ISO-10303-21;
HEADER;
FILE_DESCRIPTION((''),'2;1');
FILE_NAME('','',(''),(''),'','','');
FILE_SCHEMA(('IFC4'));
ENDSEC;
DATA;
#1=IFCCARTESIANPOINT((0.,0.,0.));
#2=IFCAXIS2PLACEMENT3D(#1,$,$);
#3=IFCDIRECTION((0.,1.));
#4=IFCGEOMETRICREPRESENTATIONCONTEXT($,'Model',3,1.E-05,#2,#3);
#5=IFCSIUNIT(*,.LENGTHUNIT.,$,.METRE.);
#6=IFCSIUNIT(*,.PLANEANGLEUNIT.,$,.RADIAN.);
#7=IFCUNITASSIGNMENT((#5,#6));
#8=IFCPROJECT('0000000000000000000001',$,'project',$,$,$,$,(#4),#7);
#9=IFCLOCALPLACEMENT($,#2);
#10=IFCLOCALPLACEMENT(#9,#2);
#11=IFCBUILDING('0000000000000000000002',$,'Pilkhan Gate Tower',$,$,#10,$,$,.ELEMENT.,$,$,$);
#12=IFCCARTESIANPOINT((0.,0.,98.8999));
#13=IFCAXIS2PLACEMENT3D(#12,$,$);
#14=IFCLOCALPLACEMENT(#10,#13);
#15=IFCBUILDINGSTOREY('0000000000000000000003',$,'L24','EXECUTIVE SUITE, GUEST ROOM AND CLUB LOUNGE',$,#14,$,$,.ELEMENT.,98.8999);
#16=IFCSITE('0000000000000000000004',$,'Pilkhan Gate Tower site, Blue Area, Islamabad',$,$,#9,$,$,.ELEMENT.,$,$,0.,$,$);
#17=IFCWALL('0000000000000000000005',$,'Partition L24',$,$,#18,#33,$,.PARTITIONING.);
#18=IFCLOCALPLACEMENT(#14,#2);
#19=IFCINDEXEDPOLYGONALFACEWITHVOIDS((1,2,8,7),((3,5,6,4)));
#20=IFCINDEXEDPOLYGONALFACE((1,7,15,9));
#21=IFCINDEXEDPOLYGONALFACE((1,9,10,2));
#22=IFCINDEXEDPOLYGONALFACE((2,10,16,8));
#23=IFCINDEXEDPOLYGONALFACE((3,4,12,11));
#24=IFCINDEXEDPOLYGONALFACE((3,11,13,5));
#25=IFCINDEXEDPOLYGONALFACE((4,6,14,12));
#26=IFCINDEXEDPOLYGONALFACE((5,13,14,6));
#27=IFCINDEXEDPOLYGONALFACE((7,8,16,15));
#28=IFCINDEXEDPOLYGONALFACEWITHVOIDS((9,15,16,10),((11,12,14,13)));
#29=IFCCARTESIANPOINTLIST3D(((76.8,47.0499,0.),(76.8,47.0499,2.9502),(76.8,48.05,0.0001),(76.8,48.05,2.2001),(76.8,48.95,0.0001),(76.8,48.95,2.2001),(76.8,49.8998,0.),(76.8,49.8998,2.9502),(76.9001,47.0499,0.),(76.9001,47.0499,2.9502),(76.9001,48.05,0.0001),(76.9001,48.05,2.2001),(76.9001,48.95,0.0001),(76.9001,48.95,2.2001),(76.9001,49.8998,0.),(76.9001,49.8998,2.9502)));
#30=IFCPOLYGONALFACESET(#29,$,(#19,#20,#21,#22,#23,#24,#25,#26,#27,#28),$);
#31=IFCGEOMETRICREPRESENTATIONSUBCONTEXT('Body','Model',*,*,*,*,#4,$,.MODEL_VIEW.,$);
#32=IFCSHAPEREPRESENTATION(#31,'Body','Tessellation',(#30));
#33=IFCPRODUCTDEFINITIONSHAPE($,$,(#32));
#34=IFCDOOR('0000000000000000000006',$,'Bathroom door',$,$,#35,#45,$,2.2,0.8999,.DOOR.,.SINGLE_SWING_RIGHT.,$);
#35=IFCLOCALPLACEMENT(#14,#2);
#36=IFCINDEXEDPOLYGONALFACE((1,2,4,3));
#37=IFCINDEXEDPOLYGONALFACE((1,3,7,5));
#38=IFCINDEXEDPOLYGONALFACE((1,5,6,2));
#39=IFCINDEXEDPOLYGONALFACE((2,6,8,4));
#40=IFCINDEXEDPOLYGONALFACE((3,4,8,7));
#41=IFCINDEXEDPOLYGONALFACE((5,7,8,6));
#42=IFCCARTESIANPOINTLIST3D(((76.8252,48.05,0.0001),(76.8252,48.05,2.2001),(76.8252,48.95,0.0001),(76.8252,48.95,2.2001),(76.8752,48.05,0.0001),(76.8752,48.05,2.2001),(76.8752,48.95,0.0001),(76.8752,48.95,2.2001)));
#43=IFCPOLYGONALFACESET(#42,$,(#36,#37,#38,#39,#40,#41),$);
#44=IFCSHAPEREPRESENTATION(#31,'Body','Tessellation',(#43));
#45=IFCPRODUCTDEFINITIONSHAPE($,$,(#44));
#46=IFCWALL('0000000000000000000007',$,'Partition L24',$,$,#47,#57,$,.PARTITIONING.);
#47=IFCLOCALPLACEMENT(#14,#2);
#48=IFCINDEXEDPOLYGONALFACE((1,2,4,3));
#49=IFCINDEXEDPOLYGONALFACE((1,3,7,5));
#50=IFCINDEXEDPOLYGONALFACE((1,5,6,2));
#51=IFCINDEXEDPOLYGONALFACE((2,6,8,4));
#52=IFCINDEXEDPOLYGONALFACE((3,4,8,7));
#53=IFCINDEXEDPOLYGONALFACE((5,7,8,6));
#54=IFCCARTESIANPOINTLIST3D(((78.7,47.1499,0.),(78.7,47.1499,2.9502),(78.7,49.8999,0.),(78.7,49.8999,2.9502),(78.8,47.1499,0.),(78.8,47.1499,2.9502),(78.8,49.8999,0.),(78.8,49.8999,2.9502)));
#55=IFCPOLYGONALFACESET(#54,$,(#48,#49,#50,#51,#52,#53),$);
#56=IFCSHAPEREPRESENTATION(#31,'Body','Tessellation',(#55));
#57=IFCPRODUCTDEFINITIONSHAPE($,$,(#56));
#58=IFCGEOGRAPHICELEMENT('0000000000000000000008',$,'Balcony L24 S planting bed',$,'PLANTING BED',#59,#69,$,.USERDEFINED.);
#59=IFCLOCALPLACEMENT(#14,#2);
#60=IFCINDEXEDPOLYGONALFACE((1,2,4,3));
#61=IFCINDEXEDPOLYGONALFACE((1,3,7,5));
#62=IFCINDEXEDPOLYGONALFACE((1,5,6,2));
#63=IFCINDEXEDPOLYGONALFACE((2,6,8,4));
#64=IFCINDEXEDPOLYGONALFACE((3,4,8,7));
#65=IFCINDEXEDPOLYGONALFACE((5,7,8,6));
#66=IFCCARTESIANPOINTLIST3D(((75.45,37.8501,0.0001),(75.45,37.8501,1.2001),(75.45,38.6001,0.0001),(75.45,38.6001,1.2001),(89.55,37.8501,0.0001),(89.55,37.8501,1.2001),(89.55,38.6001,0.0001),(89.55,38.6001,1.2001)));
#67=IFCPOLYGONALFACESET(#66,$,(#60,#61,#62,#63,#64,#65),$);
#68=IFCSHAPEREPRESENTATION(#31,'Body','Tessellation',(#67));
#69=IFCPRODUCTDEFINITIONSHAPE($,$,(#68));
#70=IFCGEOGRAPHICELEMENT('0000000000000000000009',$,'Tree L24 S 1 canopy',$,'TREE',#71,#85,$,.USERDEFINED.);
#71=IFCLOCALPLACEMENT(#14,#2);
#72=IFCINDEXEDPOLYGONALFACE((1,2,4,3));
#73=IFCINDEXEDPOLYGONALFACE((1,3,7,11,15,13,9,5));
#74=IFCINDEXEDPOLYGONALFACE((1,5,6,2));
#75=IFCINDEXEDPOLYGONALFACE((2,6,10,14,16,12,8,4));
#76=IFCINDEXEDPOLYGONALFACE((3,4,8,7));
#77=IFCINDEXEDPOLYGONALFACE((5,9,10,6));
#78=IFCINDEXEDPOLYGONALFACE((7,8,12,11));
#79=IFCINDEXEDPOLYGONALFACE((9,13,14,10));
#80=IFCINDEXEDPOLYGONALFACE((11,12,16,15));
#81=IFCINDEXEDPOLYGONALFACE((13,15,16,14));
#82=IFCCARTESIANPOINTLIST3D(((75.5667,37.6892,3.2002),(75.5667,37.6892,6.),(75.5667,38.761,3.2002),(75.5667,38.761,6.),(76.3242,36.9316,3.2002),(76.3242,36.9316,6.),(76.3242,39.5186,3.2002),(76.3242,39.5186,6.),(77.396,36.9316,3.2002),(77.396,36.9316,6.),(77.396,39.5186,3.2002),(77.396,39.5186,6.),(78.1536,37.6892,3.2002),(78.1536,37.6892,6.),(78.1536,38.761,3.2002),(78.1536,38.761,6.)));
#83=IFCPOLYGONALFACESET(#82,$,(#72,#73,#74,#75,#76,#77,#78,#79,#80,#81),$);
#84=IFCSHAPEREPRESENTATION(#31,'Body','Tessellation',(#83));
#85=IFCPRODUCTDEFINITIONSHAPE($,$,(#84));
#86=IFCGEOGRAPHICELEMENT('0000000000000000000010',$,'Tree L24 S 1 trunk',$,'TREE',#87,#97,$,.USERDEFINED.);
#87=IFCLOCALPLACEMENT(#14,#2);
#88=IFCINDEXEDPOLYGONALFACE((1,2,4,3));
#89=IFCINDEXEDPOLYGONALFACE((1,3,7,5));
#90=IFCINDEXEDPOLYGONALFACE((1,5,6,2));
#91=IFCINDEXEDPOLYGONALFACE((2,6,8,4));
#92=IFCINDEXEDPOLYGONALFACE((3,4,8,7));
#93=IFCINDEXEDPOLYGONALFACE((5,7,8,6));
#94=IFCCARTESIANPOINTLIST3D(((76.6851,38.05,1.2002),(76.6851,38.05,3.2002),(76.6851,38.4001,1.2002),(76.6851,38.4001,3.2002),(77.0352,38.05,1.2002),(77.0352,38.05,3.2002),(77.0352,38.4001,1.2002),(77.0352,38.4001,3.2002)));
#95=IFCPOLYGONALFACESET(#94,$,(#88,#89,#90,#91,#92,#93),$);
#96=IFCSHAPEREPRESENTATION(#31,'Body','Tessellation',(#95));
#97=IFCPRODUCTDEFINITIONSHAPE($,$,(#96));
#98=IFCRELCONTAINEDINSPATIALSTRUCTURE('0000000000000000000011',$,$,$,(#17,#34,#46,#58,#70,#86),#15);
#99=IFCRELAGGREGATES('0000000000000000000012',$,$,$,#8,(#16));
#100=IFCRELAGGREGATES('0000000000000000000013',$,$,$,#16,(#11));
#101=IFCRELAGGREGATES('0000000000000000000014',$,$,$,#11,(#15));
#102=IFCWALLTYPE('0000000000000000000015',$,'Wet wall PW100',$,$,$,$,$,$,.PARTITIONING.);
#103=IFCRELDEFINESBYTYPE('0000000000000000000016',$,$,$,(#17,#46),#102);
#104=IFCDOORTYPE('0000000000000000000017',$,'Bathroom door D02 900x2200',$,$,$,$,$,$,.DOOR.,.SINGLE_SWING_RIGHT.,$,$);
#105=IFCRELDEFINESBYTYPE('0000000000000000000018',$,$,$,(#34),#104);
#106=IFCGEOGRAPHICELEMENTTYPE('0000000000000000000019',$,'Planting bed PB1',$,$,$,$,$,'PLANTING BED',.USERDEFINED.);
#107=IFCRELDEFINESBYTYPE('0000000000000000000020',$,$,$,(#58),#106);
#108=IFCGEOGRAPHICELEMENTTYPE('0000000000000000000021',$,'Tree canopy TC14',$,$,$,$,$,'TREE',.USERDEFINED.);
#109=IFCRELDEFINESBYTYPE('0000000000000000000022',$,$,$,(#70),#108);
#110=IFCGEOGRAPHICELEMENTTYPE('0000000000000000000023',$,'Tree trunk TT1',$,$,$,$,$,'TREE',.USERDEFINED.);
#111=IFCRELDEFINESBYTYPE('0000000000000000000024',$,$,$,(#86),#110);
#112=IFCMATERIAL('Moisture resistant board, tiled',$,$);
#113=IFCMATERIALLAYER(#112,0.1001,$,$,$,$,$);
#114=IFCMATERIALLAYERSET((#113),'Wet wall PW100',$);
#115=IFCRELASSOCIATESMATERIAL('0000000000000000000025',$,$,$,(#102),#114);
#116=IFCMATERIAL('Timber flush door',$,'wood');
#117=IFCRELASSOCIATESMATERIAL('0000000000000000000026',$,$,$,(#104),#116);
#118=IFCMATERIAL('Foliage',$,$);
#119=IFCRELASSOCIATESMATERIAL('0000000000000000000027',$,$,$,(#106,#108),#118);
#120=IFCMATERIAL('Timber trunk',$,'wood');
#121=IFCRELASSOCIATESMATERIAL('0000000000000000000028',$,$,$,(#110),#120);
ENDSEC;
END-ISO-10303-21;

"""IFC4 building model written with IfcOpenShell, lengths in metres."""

from ifc_helpers import new_model, si_unit, direction, frame, frame_2d, origin, origin_2d, place, context, subcontext, project, spatial, polyline, rectangle, outline, extrude, material, layer, layer_set, material_profile, profile_set, type_object, element, fill, save


model = new_model("IFC4")

# Units and contexts
model_context = context("Model", 3, precision=1e-05, world=origin(), true_north=direction((0.0, 1.0)))
body_context = subcontext(model_context, "Body", "Model", "MODEL_VIEW")
ifc_project = project(units=[si_unit("LENGTHUNIT", "METRE"), si_unit("PLANEANGLEUNIT", "RADIAN")], contexts=[model_context])

# Site, building, storey
site_placement = place(None, origin())
site = spatial("IfcSite", under=ifc_project, at=site_placement, Name="Pilkhan Gate Tower site, Blue Area, Islamabad", CompositionType="ELEMENT", RefElevation=0.0)
building_placement = place(site_placement, origin())
building = spatial("IfcBuilding", under=site, at=building_placement, Name="Pilkhan Gate Tower", CompositionType="ELEMENT")
storey_placement = place(building_placement, frame((0.0, 0.0, 98.8999)))
storey = spatial("IfcBuildingStorey", under=building, at=storey_placement, Name="L24", Description="EXECUTIVE SUITE, GUEST ROOM AND CLUB LOUNGE", CompositionType="ELEMENT", Elevation=98.8999)

# Shared definitions
ifc_material_1 = material(Name="Moisture resistant board, tiled")
ifc_layer_1 = layer(ifc_material_1, 0.1001)
ifc_layer_set_1 = layer_set([ifc_layer_1], Name="Wet wall PW100")
wall_type_1 = type_object("IfcWallType", Name="Wet wall PW100", PredefinedType="PARTITIONING", material=ifc_layer_set_1)

# Wall, opening, door
wall_1_placement = place(storey_placement, frame((76.8501, 47.05, 0.0), z_axis=(0.0, 0.0, 1.0), x_axis=(0.0, 1.0, 0.0)))
wall_1 = element("IfcWall", 1, at=wall_1_placement, inside=storey, type_object=wall_type_1, Name="Partition L24", PredefinedType="PARTITIONING", context=body_context, shape_type="SweptSolid", body=[
    extrude(rectangle(XDim=2.8499, YDim=0.1001, at=frame_2d((1.4248, 0.0))), origin(), (0.0, 0.0, 1.0), 2.9502),
])
opening_1_placement = place(wall_1_placement, frame((1.0, 0.0, 0.0)))
opening_1 = element("IfcOpeningElement", 2, at=opening_1_placement, cuts=wall_1, PredefinedType="OPENING", context=body_context, shape_type="SweptSolid", body=[
    extrude(rectangle(XDim=0.8999, YDim=2.2, at=frame_2d((0.45, 1.1001))), frame((0.0, 0.0601, 0.0), z_axis=(0.0, -1.0, 0.0), x_axis=(1.0, 0.0, 0.0)), (0.0, 0.0, 1.0), 0.1201),
])
ifc_material_2 = material(Name="Timber flush door", Category="wood")
door_type_1 = type_object("IfcDoorType", Name="Bathroom door D02 900x2200", OperationType="SINGLE_SWING_RIGHT", PredefinedType="DOOR", material=ifc_material_2)
door_1_placement = place(opening_1_placement, origin())
door_1 = element("IfcDoor", 3, at=door_1_placement, inside=storey, type_object=door_type_1, Name="Bathroom door", OperationType="SINGLE_SWING_RIGHT", OverallHeight=2.2, OverallWidth=0.8999, PredefinedType="DOOR", context=body_context, shape_type="SweptSolid", body=[
    extrude(rectangle(XDim=0.8999, YDim=2.2, at=frame_2d((0.45, 1.1001))), frame((0.0, 0.0249, 0.0), z_axis=(0.0, -1.0, 0.0), x_axis=(1.0, 0.0, 0.0)), (0.0, 0.0, 1.0), 0.05),
])
fill(opening_1, door_1)

# Wall
wall_2_placement = place(storey_placement, frame((78.75, 47.1499, 0.0), z_axis=(0.0, 0.0, 1.0), x_axis=(0.0, 1.0, 0.0)))
element("IfcWall", 4, at=wall_2_placement, inside=storey, type_object=wall_type_1, Name="Partition L24", PredefinedType="PARTITIONING", context=body_context, shape_type="SweptSolid", body=[
    extrude(rectangle(XDim=2.75, YDim=0.1001, at=frame_2d((1.375, 0.0))), origin(), (0.0, 0.0, 1.0), 2.9502),
])

# Geographic elements
ifc_material_3 = material(Name="Foliage")
ifc_material_profile_1 = material_profile(ifc_material_3, rectangle(XDim=0.75, YDim=1.2, at=origin_2d()), Name="Bed 750x1200")
ifc_profile_set_1 = profile_set([ifc_material_profile_1], Name="Foliage")
geographic_element_type_1 = type_object("IfcGeographicElementType", Name="Planting bed PB1", ElementType="PLANTING BED", PredefinedType="USERDEFINED", material=ifc_profile_set_1)
geographic_element_1_placement = place(storey_placement, frame((75.45, 38.2251, 0.6001), z_axis=(1.0, 0.0, 0.0), x_axis=(0.0, 1.0, 0.0)))
element("IfcGeographicElement", 5, at=geographic_element_1_placement, inside=storey, type_object=geographic_element_type_1, Name="Balcony L24 S planting bed", ObjectType="PLANTING BED", PredefinedType="USERDEFINED", context=body_context, shape_type="SweptSolid", body=[
    extrude(rectangle(XDim=0.75, YDim=1.2, at=origin_2d()), origin(), (0.0, 0.0, 1.0), 14.1001),
])
ifc_material_profile_2 = material_profile(ifc_material_3, outline(polyline([(1.2935, 0.5359), (0.5359, 1.2935), (-0.5359, 1.2935), (-1.2935, 0.5359), (-1.2935, -0.5359), (-0.5359, -1.2935), (0.5359, -1.2935), (1.2935, -0.5359), (1.2935, 0.5359)])), Name="Canopy D2.8")
ifc_profile_set_2 = profile_set([ifc_material_profile_2], Name="Foliage")
geographic_element_type_2 = type_object("IfcGeographicElementType", Name="Tree canopy TC14", ElementType="TREE", PredefinedType="USERDEFINED", material=ifc_profile_set_2)
geographic_element_2_placement = place(storey_placement, frame((76.8601, 38.2251, 3.2002), z_axis=(0.0, 0.0, 1.0), x_axis=(1.0, 0.0, 0.0)))
element("IfcGeographicElement", 6, at=geographic_element_2_placement, inside=storey, type_object=geographic_element_type_2, Name="Tree L24 S 1 canopy", ObjectType="TREE", PredefinedType="USERDEFINED", context=body_context, shape_type="SweptSolid", body=[
    extrude(outline(polyline([(1.2935, 0.5359), (0.5359, 1.2935), (-0.5359, 1.2935), (-1.2935, 0.5359), (-1.2935, -0.5359), (-0.5359, -1.2935), (0.5359, -1.2935), (1.2935, -0.5359), (1.2935, 0.5359)])), origin(), (0.0, 0.0, 1.0), 2.7998),
])
ifc_material_4 = material(Name="Timber trunk", Category="wood")
geographic_element_type_3 = type_object("IfcGeographicElementType", Name="Tree trunk TT1", ElementType="TREE", PredefinedType="USERDEFINED", material=ifc_material_4)
geographic_element_3_placement = place(storey_placement, frame((76.8601, 38.2251, 1.2002), z_axis=(0.0, 0.0, 1.0), x_axis=(1.0, 0.0, 0.0)))
element("IfcGeographicElement", 7, at=geographic_element_3_placement, inside=storey, type_object=geographic_element_type_3, Name="Tree L24 S 1 trunk", ObjectType="TREE", PredefinedType="USERDEFINED", context=body_context, shape_type="SweptSolid", body=[
    extrude(rectangle(XDim=0.3501, YDim=0.3501, at=origin_2d()), origin(), (0.0, 0.0, 1.0), 2.0),
])

save(model, "model.ifc")
